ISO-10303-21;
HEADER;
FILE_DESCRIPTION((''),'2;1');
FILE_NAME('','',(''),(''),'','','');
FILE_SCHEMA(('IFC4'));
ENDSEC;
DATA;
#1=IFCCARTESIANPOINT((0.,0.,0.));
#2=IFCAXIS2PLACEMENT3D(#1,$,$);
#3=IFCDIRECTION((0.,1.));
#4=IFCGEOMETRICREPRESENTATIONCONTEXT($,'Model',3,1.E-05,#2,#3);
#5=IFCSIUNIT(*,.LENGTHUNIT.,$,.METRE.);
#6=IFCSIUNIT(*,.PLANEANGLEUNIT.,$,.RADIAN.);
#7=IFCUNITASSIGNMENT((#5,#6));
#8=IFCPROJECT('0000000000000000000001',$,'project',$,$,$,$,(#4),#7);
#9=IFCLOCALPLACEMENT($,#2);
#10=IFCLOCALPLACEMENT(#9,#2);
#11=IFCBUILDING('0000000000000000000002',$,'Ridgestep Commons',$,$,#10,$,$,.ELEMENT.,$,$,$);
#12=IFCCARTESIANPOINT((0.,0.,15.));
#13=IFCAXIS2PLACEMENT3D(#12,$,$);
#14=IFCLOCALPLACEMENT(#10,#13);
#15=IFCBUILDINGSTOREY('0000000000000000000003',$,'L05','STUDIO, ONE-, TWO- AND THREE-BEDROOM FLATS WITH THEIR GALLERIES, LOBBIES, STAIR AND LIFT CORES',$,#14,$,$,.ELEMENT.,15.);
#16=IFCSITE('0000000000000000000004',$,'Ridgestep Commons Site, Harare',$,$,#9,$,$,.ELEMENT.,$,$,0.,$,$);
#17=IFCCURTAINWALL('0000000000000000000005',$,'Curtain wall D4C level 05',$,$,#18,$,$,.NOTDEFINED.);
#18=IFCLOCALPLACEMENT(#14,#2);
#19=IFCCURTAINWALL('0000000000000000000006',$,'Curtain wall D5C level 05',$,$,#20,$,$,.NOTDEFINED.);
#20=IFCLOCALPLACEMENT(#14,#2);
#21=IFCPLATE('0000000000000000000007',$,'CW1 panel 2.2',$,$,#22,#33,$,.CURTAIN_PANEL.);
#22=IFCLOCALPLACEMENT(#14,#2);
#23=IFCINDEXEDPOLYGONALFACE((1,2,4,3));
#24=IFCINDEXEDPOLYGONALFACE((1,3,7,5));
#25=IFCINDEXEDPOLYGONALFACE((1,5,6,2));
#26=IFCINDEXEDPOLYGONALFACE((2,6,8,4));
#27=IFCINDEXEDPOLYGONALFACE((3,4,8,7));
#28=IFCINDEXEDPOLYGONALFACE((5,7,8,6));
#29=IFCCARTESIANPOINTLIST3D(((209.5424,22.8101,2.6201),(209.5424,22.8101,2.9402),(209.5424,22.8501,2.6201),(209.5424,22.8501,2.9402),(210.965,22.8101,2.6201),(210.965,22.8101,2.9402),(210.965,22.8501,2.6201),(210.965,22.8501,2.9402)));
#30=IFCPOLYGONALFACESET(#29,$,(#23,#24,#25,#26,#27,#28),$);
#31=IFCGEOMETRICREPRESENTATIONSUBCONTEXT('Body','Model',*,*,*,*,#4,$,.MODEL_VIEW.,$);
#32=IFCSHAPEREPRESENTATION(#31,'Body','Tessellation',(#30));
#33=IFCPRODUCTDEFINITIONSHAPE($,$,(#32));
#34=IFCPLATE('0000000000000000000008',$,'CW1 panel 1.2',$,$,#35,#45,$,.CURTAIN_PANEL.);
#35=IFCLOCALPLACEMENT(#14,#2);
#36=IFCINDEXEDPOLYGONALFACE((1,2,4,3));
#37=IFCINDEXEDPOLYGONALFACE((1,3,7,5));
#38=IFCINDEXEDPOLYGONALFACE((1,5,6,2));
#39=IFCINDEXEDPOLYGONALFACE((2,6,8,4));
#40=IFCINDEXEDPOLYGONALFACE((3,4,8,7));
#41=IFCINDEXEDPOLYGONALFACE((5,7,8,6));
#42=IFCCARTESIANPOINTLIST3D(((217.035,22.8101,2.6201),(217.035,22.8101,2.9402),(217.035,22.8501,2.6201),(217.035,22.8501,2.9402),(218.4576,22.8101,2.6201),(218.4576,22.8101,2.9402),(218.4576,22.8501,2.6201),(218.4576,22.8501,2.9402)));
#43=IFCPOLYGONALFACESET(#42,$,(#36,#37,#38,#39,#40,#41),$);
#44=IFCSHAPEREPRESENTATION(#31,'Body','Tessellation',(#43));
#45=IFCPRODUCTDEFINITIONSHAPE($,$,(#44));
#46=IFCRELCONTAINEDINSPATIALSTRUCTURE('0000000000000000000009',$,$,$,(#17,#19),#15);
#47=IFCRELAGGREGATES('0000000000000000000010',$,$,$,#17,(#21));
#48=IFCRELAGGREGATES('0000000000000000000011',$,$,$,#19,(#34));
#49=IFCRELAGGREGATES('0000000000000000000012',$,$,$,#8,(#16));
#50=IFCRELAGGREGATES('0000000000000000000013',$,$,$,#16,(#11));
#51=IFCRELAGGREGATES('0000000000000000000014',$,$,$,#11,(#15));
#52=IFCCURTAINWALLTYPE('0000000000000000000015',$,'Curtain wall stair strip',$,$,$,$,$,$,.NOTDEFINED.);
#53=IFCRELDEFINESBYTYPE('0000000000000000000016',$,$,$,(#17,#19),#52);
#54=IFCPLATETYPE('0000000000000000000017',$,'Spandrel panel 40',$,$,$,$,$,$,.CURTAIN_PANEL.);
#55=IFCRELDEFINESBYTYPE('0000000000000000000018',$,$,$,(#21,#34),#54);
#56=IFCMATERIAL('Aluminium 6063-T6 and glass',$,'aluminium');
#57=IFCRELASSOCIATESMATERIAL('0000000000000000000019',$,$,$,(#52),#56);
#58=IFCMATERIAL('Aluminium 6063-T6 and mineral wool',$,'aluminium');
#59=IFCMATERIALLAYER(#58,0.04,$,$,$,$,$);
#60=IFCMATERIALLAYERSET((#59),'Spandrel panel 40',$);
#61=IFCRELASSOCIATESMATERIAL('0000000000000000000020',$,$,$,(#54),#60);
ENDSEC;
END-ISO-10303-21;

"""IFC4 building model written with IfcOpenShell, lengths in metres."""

from ifc_helpers import new_model, si_unit, direction, frame, origin, origin_2d, place, context, subcontext, project, spatial, rectangle, extrude, material, layer, layer_set, type_object, element, aggregate, save


model = new_model("IFC4")

# Units and contexts
model_context = context("Model", 3, precision=1e-05, world=origin(), true_north=direction((0.0, 1.0)))
body_context = subcontext(model_context, "Body", "Model", "MODEL_VIEW")
ifc_project = project(units=[si_unit("LENGTHUNIT", "METRE"), si_unit("PLANEANGLEUNIT", "RADIAN")], contexts=[model_context])

# Site, building, storey
site_placement = place(None, origin())
site = spatial("IfcSite", under=ifc_project, at=site_placement, Name="Ridgestep Commons Site, Harare", CompositionType="ELEMENT", RefElevation=0.0)
building_placement = place(site_placement, origin())
building = spatial("IfcBuilding", under=site, at=building_placement, Name="Ridgestep Commons", CompositionType="ELEMENT")
storey_placement = place(building_placement, frame((0.0, 0.0, 15.0)))
storey = spatial("IfcBuildingStorey", under=building, at=storey_placement, Name="L05", Description="STUDIO, ONE-, TWO- AND THREE-BEDROOM FLATS WITH THEIR GALLERIES, LOBBIES, STAIR AND LIFT CORES", CompositionType="ELEMENT", Elevation=15.0)

# Curtain wall
ifc_material_1 = material(Name="Aluminium 6063-T6 and glass", Category="aluminium")
curtain_wall_type = type_object("IfcCurtainWallType", Name="Curtain wall stair strip", PredefinedType="NOTDEFINED", material=ifc_material_1)
curtain_wall_1_placement = place(storey_placement, origin())
curtain_wall_1 = element("IfcCurtainWall", 1, at=curtain_wall_1_placement, inside=storey, type_object=curtain_wall_type, Name="Curtain wall D4C level 05", PredefinedType="NOTDEFINED")

# Curtain wall
curtain_wall_2_placement = place(storey_placement, origin())
curtain_wall_2 = element("IfcCurtainWall", 2, at=curtain_wall_2_placement, inside=storey, type_object=curtain_wall_type, Name="Curtain wall D5C level 05", PredefinedType="NOTDEFINED")

# Plates
ifc_material_2 = material(Name="Aluminium 6063-T6 and mineral wool", Category="aluminium")
ifc_layer_1 = layer(ifc_material_2, 0.04)
ifc_layer_set_1 = layer_set([ifc_layer_1], Name="Spandrel panel 40")
plate_type_1 = type_object("IfcPlateType", Name="Spandrel panel 40", PredefinedType="CURTAIN_PANEL", material=ifc_layer_set_1)
plate_1_placement = place(storey_placement, frame((210.2537, 22.8301, 2.6201), z_axis=(0.0, 0.0, 1.0), x_axis=(1.0, 0.0, 0.0)))
plate_1 = element("IfcPlate", 3, at=plate_1_placement, type_object=plate_type_1, Name="CW1 panel 2.2", PredefinedType="CURTAIN_PANEL", context=body_context, shape_type="SweptSolid", body=[
    extrude(rectangle(XDim=1.4226, YDim=0.04, at=origin_2d()), origin(), (0.0, 0.0, 1.0), 0.3201),
])
aggregate(curtain_wall_1, [plate_1])
plate_2_placement = place(storey_placement, frame((217.7463, 22.8301, 2.6201), z_axis=(0.0, 0.0, 1.0), x_axis=(1.0, 0.0, 0.0)))
plate_2 = element("IfcPlate", 4, at=plate_2_placement, type_object=plate_type_1, Name="CW1 panel 1.2", PredefinedType="CURTAIN_PANEL", context=body_context, shape_type="SweptSolid", body=[
    extrude(rectangle(XDim=1.4226, YDim=0.04, at=origin_2d()), origin(), (0.0, 0.0, 1.0), 0.3201),
])
aggregate(curtain_wall_2, [plate_2])

save(model, "model.ifc")
